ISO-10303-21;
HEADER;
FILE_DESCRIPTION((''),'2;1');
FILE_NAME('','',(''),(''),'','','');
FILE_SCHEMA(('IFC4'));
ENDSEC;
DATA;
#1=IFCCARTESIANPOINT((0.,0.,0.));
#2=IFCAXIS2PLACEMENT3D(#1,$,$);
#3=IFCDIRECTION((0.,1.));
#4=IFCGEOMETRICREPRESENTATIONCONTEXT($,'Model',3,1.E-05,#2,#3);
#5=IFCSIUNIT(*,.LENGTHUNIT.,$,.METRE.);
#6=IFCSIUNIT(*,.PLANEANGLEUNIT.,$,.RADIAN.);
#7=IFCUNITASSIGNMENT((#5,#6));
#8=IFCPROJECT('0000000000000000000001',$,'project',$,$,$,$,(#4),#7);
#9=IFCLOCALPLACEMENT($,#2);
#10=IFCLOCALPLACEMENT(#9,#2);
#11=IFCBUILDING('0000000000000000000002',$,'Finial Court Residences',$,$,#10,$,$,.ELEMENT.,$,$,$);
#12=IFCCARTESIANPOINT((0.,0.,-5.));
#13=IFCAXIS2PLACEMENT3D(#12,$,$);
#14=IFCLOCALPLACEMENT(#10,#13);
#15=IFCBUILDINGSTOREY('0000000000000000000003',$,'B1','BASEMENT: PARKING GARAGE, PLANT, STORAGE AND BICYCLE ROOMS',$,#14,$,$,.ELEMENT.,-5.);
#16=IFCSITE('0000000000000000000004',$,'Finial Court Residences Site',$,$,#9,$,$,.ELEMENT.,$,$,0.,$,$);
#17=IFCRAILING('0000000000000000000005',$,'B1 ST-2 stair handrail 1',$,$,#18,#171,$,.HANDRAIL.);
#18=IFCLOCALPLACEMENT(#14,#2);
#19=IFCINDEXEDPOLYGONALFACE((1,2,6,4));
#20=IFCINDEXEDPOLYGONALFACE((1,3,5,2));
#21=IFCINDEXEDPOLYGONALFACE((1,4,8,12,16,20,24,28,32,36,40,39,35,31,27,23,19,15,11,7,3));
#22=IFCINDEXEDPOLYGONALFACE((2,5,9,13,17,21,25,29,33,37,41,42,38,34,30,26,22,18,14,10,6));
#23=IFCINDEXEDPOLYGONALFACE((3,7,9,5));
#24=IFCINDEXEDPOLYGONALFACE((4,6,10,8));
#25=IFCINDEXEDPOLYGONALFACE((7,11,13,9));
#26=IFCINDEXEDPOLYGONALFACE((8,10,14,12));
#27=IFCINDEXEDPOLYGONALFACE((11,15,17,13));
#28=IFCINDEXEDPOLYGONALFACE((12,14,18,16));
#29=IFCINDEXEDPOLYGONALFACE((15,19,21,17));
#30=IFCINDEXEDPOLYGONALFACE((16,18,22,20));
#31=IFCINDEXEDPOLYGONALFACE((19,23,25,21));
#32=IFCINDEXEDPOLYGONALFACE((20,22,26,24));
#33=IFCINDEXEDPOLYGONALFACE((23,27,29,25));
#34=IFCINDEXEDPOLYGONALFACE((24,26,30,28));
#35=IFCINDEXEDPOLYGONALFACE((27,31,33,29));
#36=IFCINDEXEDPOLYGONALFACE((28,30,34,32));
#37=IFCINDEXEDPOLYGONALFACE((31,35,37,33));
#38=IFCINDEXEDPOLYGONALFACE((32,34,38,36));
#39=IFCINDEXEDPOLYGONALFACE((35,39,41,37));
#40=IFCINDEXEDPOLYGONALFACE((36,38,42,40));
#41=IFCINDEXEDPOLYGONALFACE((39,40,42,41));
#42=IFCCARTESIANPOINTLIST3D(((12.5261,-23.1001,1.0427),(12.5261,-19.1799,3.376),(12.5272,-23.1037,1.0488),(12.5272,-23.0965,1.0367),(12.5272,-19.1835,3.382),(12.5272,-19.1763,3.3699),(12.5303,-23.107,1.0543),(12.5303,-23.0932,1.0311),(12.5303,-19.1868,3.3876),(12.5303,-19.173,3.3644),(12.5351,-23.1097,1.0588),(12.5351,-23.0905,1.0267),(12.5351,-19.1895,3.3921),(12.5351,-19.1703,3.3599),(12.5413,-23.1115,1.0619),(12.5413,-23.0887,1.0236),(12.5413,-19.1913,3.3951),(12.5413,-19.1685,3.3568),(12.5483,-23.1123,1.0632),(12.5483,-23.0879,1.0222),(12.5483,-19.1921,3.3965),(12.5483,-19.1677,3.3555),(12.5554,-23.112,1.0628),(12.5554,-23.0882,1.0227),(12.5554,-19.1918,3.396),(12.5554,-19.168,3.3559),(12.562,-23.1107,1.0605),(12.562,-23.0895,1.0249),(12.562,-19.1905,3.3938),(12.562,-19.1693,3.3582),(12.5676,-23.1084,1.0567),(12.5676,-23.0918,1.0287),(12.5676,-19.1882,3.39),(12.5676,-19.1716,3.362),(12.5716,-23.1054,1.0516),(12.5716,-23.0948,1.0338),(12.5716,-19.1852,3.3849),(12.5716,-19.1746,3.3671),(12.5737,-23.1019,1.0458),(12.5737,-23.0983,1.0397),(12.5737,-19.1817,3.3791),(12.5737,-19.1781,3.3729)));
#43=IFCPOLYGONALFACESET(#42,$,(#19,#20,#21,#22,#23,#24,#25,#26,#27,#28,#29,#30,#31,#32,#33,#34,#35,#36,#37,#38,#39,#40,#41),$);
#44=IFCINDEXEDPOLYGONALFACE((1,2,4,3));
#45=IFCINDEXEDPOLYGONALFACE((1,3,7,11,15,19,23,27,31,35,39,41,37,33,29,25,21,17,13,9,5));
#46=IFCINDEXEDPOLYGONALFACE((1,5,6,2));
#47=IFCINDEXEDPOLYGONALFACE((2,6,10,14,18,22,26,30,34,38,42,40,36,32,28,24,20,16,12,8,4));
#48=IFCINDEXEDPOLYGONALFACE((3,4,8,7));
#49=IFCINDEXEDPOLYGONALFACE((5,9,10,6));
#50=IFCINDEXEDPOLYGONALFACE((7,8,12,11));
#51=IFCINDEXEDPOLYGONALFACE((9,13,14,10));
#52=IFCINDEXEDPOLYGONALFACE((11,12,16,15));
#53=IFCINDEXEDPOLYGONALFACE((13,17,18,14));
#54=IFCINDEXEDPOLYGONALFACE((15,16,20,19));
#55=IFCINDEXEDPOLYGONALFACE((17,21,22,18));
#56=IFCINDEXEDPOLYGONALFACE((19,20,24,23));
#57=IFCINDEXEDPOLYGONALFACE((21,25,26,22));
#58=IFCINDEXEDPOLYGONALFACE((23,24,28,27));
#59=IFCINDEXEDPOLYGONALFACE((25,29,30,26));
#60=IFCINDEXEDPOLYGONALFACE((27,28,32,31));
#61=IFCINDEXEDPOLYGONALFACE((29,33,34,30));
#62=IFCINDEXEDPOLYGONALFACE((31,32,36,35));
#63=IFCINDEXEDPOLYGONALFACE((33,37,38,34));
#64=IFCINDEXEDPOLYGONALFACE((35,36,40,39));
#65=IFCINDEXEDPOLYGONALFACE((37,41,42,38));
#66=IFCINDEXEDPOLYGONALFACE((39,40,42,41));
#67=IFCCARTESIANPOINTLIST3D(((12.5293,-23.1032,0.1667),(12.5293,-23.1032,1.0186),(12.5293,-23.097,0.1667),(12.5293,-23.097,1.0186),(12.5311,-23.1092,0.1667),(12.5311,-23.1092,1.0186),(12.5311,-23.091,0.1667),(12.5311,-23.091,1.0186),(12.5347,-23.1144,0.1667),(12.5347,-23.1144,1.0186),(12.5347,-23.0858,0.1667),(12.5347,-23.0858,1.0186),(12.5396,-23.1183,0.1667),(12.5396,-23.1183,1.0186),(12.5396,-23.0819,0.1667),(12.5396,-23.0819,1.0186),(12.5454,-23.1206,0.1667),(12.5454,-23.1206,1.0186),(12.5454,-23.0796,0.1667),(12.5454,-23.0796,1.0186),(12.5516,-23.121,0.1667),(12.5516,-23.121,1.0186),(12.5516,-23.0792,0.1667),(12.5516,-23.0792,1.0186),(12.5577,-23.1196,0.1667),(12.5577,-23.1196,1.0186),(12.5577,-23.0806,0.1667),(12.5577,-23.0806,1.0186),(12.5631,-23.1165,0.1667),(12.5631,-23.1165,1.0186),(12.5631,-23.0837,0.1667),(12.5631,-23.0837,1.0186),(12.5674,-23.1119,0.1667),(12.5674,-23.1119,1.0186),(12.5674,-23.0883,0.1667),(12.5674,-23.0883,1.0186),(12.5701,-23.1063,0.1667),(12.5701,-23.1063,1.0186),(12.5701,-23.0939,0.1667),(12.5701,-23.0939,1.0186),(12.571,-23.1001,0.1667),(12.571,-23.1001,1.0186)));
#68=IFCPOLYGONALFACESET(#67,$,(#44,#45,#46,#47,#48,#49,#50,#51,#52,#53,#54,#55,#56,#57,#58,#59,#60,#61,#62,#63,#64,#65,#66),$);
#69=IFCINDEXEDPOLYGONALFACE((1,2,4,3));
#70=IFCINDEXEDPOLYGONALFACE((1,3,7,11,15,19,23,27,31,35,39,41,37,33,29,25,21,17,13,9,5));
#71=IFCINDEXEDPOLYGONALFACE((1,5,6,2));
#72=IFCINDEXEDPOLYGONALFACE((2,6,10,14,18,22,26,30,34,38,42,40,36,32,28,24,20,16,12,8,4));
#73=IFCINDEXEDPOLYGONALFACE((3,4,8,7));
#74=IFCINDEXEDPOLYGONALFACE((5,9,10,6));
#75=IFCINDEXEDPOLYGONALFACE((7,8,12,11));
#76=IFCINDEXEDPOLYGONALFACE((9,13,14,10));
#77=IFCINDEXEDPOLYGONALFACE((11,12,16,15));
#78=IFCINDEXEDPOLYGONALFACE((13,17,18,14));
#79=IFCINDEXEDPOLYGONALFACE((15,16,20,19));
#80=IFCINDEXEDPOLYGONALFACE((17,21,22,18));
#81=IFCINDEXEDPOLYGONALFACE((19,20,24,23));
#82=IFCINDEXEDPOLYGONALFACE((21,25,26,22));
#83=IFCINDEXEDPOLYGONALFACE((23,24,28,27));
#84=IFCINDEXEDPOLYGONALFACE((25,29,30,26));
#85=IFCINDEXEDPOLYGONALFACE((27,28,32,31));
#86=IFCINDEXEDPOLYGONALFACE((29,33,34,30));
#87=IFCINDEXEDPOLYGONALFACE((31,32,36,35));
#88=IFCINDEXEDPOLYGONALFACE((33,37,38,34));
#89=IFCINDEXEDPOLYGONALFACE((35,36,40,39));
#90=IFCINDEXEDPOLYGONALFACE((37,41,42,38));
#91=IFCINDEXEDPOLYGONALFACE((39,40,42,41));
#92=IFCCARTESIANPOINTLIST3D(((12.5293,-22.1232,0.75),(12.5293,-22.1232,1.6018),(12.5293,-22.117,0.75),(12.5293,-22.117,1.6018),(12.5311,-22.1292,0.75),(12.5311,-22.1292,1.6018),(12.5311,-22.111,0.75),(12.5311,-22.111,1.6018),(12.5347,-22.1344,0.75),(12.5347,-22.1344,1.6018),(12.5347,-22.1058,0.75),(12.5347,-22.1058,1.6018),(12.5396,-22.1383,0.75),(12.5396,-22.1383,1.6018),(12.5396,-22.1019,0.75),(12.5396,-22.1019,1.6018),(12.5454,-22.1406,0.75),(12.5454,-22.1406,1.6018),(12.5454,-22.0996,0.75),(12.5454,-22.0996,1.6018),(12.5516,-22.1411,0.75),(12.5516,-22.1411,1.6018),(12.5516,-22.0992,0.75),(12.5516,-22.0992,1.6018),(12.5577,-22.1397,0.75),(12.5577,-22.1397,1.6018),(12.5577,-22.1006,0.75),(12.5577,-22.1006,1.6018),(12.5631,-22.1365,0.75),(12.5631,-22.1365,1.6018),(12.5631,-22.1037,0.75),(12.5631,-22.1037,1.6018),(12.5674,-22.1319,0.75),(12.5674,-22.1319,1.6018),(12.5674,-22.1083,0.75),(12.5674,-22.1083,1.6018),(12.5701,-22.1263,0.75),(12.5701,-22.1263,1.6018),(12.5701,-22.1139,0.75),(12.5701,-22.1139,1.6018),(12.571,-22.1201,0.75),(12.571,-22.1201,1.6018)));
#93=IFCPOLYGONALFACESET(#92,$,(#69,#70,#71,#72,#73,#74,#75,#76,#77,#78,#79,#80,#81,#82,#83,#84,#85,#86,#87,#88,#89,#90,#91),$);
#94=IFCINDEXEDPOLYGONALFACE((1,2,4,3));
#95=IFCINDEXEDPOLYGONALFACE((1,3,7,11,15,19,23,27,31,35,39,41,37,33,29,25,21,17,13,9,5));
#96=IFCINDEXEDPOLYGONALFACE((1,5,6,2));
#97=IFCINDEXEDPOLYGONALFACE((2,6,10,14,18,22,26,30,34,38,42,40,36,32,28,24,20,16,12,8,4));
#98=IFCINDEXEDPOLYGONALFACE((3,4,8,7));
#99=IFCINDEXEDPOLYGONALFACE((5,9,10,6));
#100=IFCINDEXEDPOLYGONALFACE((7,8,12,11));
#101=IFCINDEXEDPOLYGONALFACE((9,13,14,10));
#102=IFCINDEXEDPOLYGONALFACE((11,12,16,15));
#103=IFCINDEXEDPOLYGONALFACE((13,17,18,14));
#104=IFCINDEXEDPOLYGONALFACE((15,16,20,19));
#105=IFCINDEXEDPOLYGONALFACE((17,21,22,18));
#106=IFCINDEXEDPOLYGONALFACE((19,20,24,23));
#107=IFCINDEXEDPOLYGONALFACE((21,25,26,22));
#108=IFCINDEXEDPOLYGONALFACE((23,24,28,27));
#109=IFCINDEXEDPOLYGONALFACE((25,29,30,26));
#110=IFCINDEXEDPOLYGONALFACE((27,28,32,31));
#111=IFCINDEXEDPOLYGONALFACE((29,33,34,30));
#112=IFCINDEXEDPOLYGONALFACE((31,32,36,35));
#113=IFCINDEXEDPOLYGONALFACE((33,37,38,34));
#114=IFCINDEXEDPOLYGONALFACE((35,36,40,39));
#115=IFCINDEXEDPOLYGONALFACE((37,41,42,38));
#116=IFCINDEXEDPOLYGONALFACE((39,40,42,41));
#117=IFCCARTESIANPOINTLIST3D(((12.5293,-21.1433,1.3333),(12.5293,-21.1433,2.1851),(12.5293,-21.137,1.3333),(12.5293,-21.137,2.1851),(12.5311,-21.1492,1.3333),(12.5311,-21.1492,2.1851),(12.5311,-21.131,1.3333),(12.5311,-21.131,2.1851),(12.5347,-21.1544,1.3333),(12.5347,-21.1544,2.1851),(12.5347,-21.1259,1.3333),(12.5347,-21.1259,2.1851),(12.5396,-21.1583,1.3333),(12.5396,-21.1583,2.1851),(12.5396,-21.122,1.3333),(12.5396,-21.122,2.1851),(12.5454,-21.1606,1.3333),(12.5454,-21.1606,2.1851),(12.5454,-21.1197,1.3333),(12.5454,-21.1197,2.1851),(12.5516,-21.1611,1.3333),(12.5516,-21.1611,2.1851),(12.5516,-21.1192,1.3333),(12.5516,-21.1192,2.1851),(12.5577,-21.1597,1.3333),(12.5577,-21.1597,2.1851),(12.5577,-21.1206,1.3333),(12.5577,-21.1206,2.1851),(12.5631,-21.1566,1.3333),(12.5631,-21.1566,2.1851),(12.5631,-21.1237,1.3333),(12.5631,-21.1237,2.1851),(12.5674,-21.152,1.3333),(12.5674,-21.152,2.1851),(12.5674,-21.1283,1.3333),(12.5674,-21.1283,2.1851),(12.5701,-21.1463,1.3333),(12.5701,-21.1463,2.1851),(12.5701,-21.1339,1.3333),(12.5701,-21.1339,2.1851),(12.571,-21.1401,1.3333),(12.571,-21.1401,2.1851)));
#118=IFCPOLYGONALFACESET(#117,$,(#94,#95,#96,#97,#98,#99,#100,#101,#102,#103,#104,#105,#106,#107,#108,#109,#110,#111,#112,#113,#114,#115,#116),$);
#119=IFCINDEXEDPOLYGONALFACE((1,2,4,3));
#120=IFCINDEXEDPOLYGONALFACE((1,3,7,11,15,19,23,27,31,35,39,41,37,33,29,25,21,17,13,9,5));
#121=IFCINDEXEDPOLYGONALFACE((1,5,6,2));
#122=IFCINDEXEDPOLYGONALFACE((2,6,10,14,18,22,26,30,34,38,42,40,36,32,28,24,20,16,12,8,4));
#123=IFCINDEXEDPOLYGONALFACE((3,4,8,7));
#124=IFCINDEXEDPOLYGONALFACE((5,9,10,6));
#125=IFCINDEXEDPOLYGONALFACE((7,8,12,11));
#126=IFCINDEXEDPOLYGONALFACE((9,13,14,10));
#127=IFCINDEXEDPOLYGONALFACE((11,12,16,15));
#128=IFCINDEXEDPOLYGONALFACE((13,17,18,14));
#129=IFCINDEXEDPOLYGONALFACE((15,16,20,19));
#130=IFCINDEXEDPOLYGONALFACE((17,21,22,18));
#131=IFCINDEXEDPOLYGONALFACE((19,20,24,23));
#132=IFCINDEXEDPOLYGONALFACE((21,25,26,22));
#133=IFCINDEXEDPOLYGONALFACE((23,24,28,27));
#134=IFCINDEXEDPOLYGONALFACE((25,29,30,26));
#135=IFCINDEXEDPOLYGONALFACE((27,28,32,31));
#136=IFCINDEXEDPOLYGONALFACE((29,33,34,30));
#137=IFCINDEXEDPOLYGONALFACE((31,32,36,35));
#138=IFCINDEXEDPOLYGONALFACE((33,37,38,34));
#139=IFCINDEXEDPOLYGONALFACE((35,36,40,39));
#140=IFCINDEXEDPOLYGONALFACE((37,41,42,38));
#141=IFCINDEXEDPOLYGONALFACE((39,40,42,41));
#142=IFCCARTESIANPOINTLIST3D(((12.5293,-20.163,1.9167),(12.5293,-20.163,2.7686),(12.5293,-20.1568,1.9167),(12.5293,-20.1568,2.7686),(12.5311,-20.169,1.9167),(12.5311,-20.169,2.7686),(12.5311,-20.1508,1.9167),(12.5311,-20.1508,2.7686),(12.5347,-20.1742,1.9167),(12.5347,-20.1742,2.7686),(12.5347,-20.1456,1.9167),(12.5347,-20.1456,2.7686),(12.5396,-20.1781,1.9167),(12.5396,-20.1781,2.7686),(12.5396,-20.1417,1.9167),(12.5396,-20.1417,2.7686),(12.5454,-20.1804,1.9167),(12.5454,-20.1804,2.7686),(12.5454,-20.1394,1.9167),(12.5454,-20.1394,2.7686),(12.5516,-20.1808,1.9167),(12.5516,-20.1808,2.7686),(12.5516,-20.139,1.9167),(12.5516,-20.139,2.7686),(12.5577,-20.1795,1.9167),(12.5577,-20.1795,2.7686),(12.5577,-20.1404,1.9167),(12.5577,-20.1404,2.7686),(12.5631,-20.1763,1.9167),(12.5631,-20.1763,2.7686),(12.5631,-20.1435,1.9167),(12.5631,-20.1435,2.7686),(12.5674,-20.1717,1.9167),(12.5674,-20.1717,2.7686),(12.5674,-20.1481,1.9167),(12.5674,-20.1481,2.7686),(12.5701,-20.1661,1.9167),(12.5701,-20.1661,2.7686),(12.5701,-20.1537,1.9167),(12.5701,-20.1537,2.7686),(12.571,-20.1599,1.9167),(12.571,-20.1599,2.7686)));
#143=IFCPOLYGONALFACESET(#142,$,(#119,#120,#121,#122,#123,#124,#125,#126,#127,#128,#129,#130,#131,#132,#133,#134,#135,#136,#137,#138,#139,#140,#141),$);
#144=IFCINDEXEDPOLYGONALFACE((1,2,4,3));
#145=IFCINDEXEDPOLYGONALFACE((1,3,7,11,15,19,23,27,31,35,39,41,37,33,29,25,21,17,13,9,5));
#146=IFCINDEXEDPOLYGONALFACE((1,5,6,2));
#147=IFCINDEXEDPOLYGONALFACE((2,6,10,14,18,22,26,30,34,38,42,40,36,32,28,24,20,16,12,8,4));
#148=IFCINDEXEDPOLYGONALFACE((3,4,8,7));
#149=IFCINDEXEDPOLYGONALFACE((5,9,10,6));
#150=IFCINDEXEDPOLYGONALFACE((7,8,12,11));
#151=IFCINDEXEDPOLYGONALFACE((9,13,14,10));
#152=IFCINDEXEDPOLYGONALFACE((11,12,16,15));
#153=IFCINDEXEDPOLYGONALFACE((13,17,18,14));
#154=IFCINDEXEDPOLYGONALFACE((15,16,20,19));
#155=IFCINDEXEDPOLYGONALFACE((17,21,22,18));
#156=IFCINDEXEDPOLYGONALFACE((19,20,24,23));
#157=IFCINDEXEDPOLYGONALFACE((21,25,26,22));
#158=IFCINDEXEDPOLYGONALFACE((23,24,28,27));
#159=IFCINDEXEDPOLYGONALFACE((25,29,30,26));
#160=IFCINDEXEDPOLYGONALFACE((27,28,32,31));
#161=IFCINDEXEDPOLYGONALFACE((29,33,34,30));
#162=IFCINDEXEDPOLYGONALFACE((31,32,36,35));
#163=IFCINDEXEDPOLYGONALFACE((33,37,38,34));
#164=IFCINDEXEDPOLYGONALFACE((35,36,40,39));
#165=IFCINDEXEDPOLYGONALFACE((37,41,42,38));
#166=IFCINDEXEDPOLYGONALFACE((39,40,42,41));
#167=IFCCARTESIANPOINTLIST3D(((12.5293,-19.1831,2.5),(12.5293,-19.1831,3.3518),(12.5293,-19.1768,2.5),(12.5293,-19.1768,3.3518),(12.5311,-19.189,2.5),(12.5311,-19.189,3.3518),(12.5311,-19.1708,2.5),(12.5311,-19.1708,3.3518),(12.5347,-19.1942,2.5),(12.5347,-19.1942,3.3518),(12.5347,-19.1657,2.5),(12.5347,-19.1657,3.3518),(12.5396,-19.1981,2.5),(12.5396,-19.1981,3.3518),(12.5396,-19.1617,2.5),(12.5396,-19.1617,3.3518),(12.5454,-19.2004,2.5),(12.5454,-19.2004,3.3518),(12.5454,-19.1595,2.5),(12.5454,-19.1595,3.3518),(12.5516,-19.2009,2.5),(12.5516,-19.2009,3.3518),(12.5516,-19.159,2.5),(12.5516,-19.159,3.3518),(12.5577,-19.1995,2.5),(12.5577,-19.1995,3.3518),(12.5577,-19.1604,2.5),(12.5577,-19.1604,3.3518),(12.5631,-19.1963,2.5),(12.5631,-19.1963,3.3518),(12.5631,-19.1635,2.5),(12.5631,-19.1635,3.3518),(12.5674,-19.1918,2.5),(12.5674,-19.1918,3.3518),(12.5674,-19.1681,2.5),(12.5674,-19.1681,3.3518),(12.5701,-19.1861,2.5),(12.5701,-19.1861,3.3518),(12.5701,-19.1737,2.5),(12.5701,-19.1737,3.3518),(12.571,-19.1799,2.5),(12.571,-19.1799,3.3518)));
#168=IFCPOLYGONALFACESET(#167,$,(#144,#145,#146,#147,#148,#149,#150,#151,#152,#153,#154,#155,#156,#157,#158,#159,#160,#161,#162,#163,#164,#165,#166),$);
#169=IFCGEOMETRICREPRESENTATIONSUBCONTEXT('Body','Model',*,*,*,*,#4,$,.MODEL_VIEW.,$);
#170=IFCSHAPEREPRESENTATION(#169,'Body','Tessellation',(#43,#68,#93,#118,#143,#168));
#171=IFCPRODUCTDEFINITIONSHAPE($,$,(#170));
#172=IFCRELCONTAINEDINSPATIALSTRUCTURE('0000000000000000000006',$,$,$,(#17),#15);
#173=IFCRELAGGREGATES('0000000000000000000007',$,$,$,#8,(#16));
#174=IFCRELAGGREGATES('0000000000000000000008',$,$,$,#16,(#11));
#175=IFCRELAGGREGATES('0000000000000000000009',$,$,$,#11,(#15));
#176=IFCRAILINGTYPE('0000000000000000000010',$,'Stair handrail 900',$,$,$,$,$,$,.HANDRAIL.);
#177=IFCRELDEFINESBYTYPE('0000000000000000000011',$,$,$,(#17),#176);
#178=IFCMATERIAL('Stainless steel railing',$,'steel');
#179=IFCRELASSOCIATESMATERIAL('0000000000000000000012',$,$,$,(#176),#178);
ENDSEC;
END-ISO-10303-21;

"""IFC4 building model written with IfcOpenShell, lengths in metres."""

from ifc_helpers import new_model, si_unit, direction, frame, origin, origin_2d, place, context, subcontext, project, spatial, circle, extrude, material, type_object, element, save


model = new_model("IFC4")

# Units and contexts
model_context = context("Model", 3, precision=1e-05, world=origin(), true_north=direction((0.0, 1.0)))
body_context = subcontext(model_context, "Body", "Model", "MODEL_VIEW")
ifc_project = project(units=[si_unit("LENGTHUNIT", "METRE"), si_unit("PLANEANGLEUNIT", "RADIAN")], contexts=[model_context])

# Site, building, storey
site_placement = place(None, origin())
site = spatial("IfcSite", under=ifc_project, at=site_placement, Name="Finial Court Residences Site", CompositionType="ELEMENT", RefElevation=0.0)
building_placement = place(site_placement, origin())
building = spatial("IfcBuilding", under=site, at=building_placement, Name="Finial Court Residences", CompositionType="ELEMENT")
storey_placement = place(building_placement, frame((0.0, 0.0, -5.0)))
storey = spatial("IfcBuildingStorey", under=building, at=storey_placement, Name="B1", Description="BASEMENT: PARKING GARAGE, PLANT, STORAGE AND BICYCLE ROOMS", CompositionType="ELEMENT", Elevation=-5.0)

# Railing
ifc_material_1 = material(Name="Stainless steel railing", Category="steel")
railing_type_1 = type_object("IfcRailingType", Name="Stair handrail 900", PredefinedType="HANDRAIL", material=ifc_material_1)
railing_1_placement = place(storey_placement, frame((12.55, -23.1001, 0.1667)))
element("IfcRailing", 1, at=railing_1_placement, inside=storey, type_object=railing_type_1, Name="B1 ST-2 stair handrail 1", PredefinedType="HANDRAIL", context=body_context, shape_type="SweptSolid", body=[
    extrude(circle(Radius=0.0239, at=origin_2d()), frame((0.0, 0.0, 0.876), z_axis=(0.0, 0.85931, 0.511455), x_axis=(-1.0, 0.0, 0.0)), (0.0, 0.0, 1.0), 4.562),
    extrude(circle(Radius=0.021, at=origin_2d()), origin(), (0.0, 0.0, 1.0), 0.8518),
    extrude(circle(Radius=0.021, at=origin_2d()), frame((0.0, 0.98, 0.5833)), (0.0, 0.0, 1.0), 0.8518),
    extrude(circle(Radius=0.021, at=origin_2d()), frame((0.0, 1.96, 1.1665)), (0.0, 0.0, 1.0), 0.8518),
    extrude(circle(Radius=0.021, at=origin_2d()), frame((0.0, 2.9402, 1.75)), (0.0, 0.0, 1.0), 0.8518),
    extrude(circle(Radius=0.021, at=origin_2d()), frame((0.0, 3.9202, 2.3333)), (0.0, 0.0, 1.0), 0.8518),
])

save(model, "model.ifc")
